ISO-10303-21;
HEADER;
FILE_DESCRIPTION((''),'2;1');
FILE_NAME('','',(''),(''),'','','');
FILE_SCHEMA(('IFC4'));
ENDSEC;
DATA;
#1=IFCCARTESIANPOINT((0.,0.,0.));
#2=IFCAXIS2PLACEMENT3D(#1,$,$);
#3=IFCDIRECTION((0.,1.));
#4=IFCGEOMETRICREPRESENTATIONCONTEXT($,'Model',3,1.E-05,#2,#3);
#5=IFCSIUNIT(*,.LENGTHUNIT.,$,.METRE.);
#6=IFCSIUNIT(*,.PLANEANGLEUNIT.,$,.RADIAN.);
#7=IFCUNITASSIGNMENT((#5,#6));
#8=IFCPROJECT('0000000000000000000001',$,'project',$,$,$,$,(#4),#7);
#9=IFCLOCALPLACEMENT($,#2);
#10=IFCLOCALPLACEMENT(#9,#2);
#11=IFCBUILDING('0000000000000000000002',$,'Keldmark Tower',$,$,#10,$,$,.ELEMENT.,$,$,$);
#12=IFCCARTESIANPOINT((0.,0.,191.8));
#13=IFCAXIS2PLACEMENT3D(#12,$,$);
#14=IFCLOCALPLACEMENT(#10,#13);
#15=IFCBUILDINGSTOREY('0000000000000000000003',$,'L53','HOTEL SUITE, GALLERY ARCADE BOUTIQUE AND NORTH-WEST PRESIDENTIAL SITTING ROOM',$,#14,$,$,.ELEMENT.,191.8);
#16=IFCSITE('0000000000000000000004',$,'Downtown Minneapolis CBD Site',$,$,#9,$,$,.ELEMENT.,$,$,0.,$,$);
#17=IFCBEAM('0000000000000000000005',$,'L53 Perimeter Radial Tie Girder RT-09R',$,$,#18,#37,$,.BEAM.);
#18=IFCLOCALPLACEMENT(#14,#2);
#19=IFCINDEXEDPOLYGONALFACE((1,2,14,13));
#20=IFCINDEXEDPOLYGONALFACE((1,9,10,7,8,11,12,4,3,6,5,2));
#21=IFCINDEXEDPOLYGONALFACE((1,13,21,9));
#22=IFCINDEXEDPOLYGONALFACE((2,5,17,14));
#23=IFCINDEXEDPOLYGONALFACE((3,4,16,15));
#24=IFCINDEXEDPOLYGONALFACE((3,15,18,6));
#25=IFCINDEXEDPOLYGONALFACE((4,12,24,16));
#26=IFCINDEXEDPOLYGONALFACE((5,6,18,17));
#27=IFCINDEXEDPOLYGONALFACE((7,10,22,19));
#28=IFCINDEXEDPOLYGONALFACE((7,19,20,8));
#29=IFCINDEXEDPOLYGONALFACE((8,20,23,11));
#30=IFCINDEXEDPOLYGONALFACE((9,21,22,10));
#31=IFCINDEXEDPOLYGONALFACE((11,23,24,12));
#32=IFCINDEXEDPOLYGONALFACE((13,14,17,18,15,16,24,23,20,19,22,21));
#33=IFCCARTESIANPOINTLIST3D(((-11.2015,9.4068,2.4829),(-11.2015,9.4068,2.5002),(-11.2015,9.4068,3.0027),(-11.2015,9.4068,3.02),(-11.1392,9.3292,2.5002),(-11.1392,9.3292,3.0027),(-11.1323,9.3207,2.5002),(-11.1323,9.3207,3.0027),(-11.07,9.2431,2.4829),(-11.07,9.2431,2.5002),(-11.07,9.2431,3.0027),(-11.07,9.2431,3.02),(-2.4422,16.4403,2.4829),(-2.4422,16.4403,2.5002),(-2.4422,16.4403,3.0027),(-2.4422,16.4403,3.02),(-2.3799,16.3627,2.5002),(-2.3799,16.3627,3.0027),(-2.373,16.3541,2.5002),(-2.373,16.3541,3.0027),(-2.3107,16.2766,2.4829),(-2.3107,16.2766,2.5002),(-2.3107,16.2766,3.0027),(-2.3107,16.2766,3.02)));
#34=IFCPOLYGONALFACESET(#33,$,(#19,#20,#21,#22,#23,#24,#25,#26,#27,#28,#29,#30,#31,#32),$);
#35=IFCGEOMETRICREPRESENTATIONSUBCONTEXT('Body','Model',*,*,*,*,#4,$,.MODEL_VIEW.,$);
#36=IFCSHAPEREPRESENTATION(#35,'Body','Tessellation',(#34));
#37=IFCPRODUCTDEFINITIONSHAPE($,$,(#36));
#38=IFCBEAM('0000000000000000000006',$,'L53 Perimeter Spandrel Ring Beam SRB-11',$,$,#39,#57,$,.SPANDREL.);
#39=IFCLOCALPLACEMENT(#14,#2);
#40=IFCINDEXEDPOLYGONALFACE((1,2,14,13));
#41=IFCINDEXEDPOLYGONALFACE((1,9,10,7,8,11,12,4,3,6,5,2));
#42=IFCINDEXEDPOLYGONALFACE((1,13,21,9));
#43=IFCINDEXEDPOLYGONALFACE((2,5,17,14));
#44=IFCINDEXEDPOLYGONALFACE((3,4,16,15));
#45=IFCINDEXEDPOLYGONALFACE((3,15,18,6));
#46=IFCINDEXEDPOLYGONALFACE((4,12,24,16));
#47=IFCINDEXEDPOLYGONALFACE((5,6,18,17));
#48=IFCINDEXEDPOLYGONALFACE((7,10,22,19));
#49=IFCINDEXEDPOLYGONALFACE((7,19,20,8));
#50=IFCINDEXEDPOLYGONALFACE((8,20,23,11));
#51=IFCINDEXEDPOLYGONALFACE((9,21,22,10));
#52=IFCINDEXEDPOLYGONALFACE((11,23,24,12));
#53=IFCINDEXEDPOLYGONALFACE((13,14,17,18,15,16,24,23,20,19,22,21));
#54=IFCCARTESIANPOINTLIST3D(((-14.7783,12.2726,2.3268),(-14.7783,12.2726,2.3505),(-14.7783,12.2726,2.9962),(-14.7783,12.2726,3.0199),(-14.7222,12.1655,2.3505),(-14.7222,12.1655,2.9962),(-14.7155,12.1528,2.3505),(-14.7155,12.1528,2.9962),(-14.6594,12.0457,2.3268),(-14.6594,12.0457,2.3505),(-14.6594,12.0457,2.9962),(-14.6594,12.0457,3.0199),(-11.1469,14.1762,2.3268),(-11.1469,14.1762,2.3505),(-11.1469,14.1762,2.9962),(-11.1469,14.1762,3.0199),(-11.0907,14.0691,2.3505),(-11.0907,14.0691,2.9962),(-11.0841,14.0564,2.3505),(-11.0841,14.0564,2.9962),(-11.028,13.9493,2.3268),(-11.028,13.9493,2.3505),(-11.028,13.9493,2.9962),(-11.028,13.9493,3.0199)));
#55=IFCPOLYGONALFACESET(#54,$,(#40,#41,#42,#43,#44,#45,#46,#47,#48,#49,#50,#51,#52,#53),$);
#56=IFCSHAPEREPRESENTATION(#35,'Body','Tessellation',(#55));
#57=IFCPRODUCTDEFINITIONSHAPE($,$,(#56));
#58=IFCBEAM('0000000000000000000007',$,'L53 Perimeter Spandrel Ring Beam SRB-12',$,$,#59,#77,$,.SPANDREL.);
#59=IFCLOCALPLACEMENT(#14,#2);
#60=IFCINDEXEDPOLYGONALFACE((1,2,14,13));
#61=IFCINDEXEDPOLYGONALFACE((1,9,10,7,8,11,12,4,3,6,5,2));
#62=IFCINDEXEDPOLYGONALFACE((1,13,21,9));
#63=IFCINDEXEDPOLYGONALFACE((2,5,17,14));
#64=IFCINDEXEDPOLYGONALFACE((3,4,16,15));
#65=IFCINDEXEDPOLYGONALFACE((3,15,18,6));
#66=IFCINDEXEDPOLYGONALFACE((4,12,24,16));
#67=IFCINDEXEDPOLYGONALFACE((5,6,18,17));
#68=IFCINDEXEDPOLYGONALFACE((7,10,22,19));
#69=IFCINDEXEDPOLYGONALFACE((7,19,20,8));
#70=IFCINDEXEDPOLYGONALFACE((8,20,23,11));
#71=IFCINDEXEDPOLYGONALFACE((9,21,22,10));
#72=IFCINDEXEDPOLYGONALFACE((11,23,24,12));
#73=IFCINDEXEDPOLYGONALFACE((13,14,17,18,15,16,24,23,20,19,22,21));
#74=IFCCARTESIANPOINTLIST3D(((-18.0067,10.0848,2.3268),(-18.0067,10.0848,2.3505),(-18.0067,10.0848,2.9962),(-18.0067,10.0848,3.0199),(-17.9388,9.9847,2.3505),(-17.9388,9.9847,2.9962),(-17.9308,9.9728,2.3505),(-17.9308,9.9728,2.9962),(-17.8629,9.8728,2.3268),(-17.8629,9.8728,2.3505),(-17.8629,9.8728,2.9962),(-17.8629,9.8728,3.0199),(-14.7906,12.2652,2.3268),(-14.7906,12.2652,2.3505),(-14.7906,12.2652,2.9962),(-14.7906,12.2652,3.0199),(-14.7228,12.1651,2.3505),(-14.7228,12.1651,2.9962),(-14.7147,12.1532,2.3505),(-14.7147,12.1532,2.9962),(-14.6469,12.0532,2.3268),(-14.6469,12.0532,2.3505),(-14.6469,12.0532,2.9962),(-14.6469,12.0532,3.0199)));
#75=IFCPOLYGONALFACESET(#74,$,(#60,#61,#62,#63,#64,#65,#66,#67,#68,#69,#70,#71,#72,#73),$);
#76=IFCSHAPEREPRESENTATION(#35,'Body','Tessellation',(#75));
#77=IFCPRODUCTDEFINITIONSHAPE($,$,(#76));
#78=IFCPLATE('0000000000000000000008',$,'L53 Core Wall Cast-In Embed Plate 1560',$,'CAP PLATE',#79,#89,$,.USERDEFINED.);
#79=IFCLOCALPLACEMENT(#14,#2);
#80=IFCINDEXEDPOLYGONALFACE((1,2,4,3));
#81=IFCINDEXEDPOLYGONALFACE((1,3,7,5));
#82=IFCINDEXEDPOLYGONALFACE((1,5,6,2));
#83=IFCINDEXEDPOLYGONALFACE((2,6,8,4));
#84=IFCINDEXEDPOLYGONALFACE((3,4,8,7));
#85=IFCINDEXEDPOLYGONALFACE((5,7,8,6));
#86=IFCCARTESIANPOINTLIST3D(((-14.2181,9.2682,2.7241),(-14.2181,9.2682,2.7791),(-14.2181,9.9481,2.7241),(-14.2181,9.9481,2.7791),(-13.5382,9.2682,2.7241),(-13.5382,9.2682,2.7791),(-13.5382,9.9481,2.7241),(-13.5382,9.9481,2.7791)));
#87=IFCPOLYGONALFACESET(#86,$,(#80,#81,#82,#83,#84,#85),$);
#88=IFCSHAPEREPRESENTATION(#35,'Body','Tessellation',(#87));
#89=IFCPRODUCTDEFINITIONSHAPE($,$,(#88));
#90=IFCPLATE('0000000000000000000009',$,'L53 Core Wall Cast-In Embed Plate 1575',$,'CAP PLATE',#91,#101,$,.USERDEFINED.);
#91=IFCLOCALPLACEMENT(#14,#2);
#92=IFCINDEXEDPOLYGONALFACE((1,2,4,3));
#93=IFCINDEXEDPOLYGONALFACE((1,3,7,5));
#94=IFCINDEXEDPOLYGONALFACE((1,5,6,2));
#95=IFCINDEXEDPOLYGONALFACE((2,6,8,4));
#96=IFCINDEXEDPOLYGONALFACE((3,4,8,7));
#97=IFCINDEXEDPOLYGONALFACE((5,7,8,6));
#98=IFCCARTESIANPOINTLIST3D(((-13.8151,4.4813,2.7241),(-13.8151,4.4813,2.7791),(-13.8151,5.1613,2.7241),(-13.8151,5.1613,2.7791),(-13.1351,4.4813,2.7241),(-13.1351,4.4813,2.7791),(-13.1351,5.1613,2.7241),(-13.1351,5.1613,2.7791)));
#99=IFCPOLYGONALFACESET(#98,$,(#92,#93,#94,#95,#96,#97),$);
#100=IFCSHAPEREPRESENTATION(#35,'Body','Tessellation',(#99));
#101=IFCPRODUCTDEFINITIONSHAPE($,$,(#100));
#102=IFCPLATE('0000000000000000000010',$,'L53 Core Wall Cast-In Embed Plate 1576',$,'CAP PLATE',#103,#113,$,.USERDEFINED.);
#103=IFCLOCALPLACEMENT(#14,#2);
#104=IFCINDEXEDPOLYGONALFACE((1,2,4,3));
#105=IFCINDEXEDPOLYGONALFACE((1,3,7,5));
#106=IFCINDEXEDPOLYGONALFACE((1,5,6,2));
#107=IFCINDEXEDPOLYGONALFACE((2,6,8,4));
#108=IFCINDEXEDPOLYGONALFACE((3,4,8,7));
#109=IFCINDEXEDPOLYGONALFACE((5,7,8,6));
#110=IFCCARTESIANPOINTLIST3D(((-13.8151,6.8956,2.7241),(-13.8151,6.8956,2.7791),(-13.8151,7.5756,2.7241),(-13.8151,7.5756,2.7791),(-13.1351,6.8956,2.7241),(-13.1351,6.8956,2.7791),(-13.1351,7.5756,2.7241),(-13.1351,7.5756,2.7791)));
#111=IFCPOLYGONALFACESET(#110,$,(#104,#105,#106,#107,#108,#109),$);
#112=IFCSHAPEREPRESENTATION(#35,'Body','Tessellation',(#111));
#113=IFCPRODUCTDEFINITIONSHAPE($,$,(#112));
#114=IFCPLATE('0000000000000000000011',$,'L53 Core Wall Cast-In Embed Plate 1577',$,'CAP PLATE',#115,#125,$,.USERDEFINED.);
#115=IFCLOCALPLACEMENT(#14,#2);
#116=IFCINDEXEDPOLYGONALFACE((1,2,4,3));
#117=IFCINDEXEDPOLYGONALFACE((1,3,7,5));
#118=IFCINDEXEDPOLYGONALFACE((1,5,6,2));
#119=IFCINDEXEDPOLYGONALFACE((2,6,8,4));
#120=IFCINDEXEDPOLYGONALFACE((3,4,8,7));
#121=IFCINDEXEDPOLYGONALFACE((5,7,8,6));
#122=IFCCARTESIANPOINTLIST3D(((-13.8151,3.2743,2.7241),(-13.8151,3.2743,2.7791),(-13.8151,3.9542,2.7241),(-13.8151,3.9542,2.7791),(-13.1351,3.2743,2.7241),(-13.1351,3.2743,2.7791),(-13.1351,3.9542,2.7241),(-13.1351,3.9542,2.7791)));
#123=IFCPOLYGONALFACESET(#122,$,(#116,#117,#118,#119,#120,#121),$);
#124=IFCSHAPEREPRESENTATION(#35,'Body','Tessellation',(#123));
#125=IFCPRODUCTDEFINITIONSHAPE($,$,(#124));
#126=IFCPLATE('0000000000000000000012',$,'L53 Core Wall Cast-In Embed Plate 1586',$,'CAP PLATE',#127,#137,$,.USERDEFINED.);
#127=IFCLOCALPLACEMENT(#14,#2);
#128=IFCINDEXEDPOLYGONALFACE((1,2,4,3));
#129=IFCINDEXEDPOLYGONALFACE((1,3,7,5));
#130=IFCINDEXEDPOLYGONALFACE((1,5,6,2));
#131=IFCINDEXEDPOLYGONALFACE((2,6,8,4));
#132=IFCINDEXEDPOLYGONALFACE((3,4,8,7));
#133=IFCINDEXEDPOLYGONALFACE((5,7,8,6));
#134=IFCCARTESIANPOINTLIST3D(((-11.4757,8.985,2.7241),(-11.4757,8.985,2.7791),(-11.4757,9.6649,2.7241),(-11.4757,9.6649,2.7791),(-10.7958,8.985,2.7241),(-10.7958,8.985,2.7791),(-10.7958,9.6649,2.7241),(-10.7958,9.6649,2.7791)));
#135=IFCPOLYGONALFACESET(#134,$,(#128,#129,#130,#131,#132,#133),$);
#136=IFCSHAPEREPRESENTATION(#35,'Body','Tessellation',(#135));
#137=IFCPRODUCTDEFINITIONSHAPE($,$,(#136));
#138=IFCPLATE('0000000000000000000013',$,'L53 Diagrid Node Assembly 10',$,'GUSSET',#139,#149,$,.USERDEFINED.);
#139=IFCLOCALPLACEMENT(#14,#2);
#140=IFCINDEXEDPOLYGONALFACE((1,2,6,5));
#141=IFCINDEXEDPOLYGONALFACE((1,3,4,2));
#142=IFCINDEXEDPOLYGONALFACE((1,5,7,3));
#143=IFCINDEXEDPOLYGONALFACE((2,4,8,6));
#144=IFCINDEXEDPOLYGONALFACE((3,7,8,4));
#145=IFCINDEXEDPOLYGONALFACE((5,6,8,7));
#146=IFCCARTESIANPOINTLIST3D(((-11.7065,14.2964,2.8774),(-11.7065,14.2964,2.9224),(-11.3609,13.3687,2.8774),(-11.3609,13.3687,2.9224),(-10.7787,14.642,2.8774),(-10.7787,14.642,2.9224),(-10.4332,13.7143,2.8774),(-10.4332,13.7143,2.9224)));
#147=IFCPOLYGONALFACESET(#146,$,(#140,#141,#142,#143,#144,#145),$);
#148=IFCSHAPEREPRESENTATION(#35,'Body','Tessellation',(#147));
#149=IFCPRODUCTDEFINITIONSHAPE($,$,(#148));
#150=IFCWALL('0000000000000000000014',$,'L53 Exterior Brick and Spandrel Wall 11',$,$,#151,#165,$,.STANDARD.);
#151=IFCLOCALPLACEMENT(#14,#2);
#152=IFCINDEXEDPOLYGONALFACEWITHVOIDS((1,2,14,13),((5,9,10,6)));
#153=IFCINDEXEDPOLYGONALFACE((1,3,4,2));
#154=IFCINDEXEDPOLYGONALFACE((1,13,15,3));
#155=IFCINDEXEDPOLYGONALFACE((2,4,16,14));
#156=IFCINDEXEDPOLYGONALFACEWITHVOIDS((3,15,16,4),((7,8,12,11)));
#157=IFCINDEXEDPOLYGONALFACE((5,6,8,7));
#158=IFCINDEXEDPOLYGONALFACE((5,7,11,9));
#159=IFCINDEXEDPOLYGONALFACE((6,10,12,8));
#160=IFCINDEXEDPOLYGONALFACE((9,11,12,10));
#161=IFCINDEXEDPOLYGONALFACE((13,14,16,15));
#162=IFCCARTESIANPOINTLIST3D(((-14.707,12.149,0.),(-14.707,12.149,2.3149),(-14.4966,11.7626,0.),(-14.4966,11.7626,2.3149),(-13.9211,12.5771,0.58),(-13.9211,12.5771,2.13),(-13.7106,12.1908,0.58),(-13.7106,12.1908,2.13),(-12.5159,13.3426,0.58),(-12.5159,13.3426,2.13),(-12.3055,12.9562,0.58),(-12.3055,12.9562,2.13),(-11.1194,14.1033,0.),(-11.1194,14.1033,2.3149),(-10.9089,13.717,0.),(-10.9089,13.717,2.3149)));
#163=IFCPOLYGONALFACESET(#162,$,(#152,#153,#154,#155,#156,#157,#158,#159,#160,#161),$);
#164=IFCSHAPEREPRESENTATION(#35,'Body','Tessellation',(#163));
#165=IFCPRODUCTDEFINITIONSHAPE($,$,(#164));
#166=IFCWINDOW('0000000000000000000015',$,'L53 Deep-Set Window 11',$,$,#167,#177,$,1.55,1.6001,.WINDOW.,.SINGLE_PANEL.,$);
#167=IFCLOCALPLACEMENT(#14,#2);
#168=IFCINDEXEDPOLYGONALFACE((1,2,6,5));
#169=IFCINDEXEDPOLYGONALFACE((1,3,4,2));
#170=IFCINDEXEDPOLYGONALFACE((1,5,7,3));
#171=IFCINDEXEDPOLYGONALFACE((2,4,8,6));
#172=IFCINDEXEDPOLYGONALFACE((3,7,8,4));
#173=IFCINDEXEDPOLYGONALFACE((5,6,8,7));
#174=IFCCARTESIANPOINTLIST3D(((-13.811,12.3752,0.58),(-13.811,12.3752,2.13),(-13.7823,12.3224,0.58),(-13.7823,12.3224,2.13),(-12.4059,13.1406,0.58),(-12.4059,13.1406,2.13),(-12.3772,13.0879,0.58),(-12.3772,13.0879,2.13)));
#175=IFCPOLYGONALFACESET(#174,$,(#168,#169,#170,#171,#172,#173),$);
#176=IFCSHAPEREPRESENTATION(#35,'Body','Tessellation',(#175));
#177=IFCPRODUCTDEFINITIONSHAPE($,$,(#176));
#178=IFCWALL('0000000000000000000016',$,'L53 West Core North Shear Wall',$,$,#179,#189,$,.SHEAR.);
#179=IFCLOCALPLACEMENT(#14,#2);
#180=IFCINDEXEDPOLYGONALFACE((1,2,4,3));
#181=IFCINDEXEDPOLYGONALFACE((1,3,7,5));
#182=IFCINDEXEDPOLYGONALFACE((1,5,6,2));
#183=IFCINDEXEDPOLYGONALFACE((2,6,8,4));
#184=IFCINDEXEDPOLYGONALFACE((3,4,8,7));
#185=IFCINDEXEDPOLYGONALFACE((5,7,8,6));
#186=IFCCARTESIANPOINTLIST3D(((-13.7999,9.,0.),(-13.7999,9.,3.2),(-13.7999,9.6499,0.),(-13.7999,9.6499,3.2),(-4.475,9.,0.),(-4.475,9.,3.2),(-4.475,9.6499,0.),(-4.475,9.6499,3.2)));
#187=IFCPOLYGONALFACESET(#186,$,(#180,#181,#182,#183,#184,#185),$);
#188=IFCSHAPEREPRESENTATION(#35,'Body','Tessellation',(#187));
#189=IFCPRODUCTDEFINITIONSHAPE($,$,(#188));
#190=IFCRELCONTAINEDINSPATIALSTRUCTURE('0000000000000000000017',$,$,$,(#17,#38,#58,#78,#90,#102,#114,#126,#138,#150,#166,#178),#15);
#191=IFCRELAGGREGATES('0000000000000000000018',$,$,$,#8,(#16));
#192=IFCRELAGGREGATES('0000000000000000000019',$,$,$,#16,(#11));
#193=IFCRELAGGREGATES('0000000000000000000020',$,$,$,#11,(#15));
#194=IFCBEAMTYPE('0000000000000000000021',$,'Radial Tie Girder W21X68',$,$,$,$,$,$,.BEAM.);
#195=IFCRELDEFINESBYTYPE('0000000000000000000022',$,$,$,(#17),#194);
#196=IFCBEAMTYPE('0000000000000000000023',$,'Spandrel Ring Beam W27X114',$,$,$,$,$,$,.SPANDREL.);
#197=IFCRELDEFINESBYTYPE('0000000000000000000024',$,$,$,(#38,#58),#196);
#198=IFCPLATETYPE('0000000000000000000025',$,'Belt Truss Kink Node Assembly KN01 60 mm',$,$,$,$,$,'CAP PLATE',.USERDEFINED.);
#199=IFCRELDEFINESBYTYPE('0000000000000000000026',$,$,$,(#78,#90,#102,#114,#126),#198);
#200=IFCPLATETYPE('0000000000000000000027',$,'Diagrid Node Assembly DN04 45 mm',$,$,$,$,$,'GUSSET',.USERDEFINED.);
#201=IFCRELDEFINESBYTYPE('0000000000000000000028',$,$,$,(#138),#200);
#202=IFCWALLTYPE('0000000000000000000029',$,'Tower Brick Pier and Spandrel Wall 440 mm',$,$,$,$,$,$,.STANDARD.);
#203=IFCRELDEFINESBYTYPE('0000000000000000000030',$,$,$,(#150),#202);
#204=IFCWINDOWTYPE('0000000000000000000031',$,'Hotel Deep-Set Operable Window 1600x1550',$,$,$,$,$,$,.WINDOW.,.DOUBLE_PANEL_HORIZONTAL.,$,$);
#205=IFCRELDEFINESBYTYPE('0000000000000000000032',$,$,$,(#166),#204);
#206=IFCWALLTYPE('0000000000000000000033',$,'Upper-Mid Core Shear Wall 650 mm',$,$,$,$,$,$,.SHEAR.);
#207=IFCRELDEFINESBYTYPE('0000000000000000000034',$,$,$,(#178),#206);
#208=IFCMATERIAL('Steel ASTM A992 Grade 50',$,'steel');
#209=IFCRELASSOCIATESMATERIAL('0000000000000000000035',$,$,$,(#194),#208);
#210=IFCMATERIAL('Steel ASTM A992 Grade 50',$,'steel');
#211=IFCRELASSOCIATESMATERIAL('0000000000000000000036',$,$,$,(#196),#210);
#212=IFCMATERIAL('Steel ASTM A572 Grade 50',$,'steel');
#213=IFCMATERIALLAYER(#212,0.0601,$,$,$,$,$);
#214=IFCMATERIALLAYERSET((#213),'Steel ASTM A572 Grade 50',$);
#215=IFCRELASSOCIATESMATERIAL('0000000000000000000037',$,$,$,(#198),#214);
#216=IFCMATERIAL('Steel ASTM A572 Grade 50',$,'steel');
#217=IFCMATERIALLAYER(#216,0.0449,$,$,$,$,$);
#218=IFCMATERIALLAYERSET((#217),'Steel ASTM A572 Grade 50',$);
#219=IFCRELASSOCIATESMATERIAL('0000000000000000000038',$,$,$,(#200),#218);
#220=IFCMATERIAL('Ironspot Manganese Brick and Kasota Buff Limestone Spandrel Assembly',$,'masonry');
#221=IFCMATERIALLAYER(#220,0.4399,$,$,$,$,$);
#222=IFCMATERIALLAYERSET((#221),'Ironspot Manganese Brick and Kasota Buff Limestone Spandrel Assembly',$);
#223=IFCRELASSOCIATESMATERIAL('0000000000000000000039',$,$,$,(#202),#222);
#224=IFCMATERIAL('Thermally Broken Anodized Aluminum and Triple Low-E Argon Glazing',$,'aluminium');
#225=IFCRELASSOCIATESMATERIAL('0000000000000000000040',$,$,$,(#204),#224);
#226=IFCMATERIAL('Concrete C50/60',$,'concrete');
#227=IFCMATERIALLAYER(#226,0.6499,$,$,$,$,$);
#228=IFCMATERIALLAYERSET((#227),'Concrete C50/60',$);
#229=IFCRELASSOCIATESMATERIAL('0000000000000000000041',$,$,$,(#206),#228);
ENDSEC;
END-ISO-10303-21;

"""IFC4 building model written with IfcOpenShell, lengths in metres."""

from ifc_helpers import new_model, si_unit, direction, frame, frame_2d, origin, origin_2d, place, context, subcontext, project, spatial, rectangle, i_section, extrude, material, layer, layer_set, material_profile, profile_set, type_object, element, fill, save


model = new_model("IFC4")

# Units and contexts
model_context = context("Model", 3, precision=1e-05, world=origin(), true_north=direction((0.0, 1.0)))
body_context = subcontext(model_context, "Body", "Model", "MODEL_VIEW")
ifc_project = project(units=[si_unit("LENGTHUNIT", "METRE"), si_unit("PLANEANGLEUNIT", "RADIAN")], contexts=[model_context])

# Site, building, storey
site_placement = place(None, origin())
site = spatial("IfcSite", under=ifc_project, at=site_placement, Name="Downtown Minneapolis CBD Site", CompositionType="ELEMENT", RefElevation=0.0)
building_placement = place(site_placement, origin())
building = spatial("IfcBuilding", under=site, at=building_placement, Name="Keldmark Tower", CompositionType="ELEMENT")
storey_placement = place(building_placement, frame((0.0, 0.0, 191.8)))
storey = spatial("IfcBuildingStorey", under=building, at=storey_placement, Name="L53", Description="HOTEL SUITE, GALLERY ARCADE BOUTIQUE AND NORTH-WEST PRESIDENTIAL SITTING ROOM", CompositionType="ELEMENT", Elevation=191.8)

# Beams
ifc_material_1 = material(Name="Steel ASTM A992 Grade 50", Category="steel")
ifc_material_profile_1 = material_profile(ifc_material_1, i_section(OverallWidth=0.21, OverallDepth=0.5371, WebThickness=0.011, FlangeThickness=0.0173, at=origin_2d()), Name="W21X68")
ifc_profile_set_1 = profile_set([ifc_material_profile_1], Name="Steel ASTM A992 Grade 50")
beam_type_1 = type_object("IfcBeamType", Name="Radial Tie Girder W21X68", PredefinedType="BEAM", material=ifc_profile_set_1)
beam_1_placement = place(storey_placement, frame((-11.1357, 9.325, 2.7515), z_axis=(0.779737, 0.626107, 0.0), x_axis=(-0.626107, 0.779737, 0.0)))
element("IfcBeam", 1, at=beam_1_placement, inside=storey, type_object=beam_type_1, Name="L53 Perimeter Radial Tie Girder RT-09R", PredefinedType="BEAM", context=body_context, shape_type="SweptSolid", body=[
    extrude(i_section(OverallWidth=0.21, OverallDepth=0.5371, WebThickness=0.011, FlangeThickness=0.0173, at=origin_2d()), origin(), (0.0, 0.0, 1.0), 11.2336),
])
ifc_material_2 = material(Name="Steel ASTM A992 Grade 50", Category="steel")
ifc_material_profile_2 = material_profile(ifc_material_2, i_section(OverallWidth=0.2561, OverallDepth=0.6931, WebThickness=0.0144, FlangeThickness=0.0237, at=origin_2d()), Name="W27X114")
ifc_profile_set_2 = profile_set([ifc_material_profile_2], Name="Steel ASTM A992 Grade 50")
beam_type_2 = type_object("IfcBeamType", Name="Spandrel Ring Beam W27X114", PredefinedType="SPANDREL", material=ifc_profile_set_2)
beam_2_placement = place(storey_placement, frame((-11.0874, 14.0627, 2.6733), z_axis=(-0.885688, -0.464281, 0.0), x_axis=(0.464281, -0.885688, 0.0)))
element("IfcBeam", 2, at=beam_2_placement, inside=storey, type_object=beam_type_2, Name="L53 Perimeter Spandrel Ring Beam SRB-11", PredefinedType="SPANDREL", context=body_context, shape_type="SweptSolid", body=[
    extrude(i_section(OverallWidth=0.2561, OverallDepth=0.6931, WebThickness=0.0144, FlangeThickness=0.0237, at=origin_2d()), origin(), (0.0, 0.0, 1.0), 4.1001),
])
beam_3_placement = place(storey_placement, frame((-14.7188, 12.1592, 2.6733), z_axis=(-0.827704, -0.561165, 0.0), x_axis=(0.561165, -0.827704, 0.0)))
element("IfcBeam", 3, at=beam_3_placement, inside=storey, type_object=beam_type_2, Name="L53 Perimeter Spandrel Ring Beam SRB-12", PredefinedType="SPANDREL", context=body_context, shape_type="SweptSolid", body=[
    extrude(i_section(OverallWidth=0.2561, OverallDepth=0.6931, WebThickness=0.0144, FlangeThickness=0.0237, at=origin_2d()), origin(), (0.0, 0.0, 1.0), 3.8855),
])

# Plates
ifc_material_3 = material(Name="Steel ASTM A572 Grade 50", Category="steel")
ifc_layer_1 = layer(ifc_material_3, 0.0601)
ifc_layer_set_1 = layer_set([ifc_layer_1], Name="Steel ASTM A572 Grade 50")
plate_type_1 = type_object("IfcPlateType", Name="Belt Truss Kink Node Assembly KN01 60 mm", ElementType="CAP PLATE", PredefinedType="USERDEFINED", material=ifc_layer_set_1)
for number, where, z_axis, x_axis, name in (
    (4, (-13.8782, 9.6082, 2.7241), (0.0, 0.0, 1.0), (1.0, 0.0, 0.0), "L53 Core Wall Cast-In Embed Plate 1560"),
    (5, (-13.4751, 4.8213, 2.7241), (0.0, 0.0, 1.0), (1.0, 0.0, 0.0), "L53 Core Wall Cast-In Embed Plate 1575"),
    (6, (-13.4751, 7.2356, 2.7241), (0.0, 0.0, 1.0), (1.0, 0.0, 0.0), "L53 Core Wall Cast-In Embed Plate 1576"),
    (7, (-13.4751, 3.6143, 2.7241), (0.0, 0.0, 1.0), (1.0, 0.0, 0.0), "L53 Core Wall Cast-In Embed Plate 1577"),
    (8, (-11.1357, 9.325, 2.7241), (0.0, 0.0, 1.0), (1.0, 0.0, 0.0), "L53 Core Wall Cast-In Embed Plate 1586"),
):
    element("IfcPlate", number, at=place(storey_placement, frame(where, z_axis=z_axis, x_axis=x_axis)), inside=storey, type_object=plate_type_1, Name=name, ObjectType="CAP PLATE", PredefinedType="USERDEFINED", context=body_context, shape_type="SweptSolid", body=[
        extrude(rectangle(XDim=0.6799, YDim=0.6799, at=origin_2d()), origin(), (0.0, 0.0, 1.0), 0.0549),
    ])
ifc_material_4 = material(Name="Steel ASTM A572 Grade 50", Category="steel")
ifc_layer_2 = layer(ifc_material_4, 0.0449)
ifc_layer_set_2 = layer_set([ifc_layer_2], Name="Steel ASTM A572 Grade 50")
plate_type_2 = type_object("IfcPlateType", Name="Diagrid Node Assembly DN04 45 mm", ElementType="GUSSET", PredefinedType="USERDEFINED", material=ifc_layer_set_2)
plate_placement = place(storey_placement, frame((-11.0698, 14.0054, 2.8774), z_axis=(0.0, 0.0, 1.0), x_axis=(-0.937099, -0.349063, 0.0)))
element("IfcPlate", 9, at=plate_placement, inside=storey, type_object=plate_type_2, Name="L53 Diagrid Node Assembly 10", ObjectType="GUSSET", PredefinedType="USERDEFINED", context=body_context, shape_type="SweptSolid", body=[
    extrude(rectangle(XDim=0.99, YDim=0.99, at=origin_2d()), origin(), (0.0, 0.0, 1.0), 0.0449),
])

# Wall, opening, window
ifc_material_5 = material(Name="Ironspot Manganese Brick and Kasota Buff Limestone Spandrel Assembly", Category="masonry")
ifc_layer_3 = layer(ifc_material_5, 0.4399)
ifc_layer_set_3 = layer_set([ifc_layer_3], Name="Ironspot Manganese Brick and Kasota Buff Limestone Spandrel Assembly")
wall_type_1 = type_object("IfcWallType", Name="Tower Brick Pier and Spandrel Wall 440 mm", PredefinedType="STANDARD", material=ifc_layer_set_3)
wall_1_placement = place(storey_placement, frame((-14.6018, 11.9558, 0.0), z_axis=(0.0, 0.0, 1.0), x_axis=(0.878158, 0.478371, 0.0)))
wall_1 = element("IfcWall", 10, at=wall_1_placement, inside=storey, type_object=wall_type_1, Name="L53 Exterior Brick and Spandrel Wall 11", PredefinedType="STANDARD", context=body_context, shape_type="SweptSolid", body=[
    extrude(rectangle(XDim=4.0854, YDim=0.4399, at=frame_2d((2.0427, 0.0))), origin(), (0.0, 0.0, 1.0), 2.3149),
])
opening_1_placement = place(wall_1_placement, frame((0.895, 0.0, 0.5801)))
opening_1 = element("IfcOpeningElement", 11, at=opening_1_placement, cuts=wall_1, PredefinedType="OPENING", context=body_context, shape_type="SweptSolid", body=[
    extrude(rectangle(XDim=1.6001, YDim=1.55, at=frame_2d((0.8, 0.7749))), frame((0.0, 0.23, 0.0), z_axis=(0.0, -1.0, 0.0), x_axis=(1.0, 0.0, 0.0)), (0.0, 0.0, 1.0), 0.46),
])
ifc_material_6 = material(Name="Thermally Broken Anodized Aluminum and Triple Low-E Argon Glazing", Category="aluminium")
window_type = type_object("IfcWindowType", Name="Hotel Deep-Set Operable Window 1600x1550", PartitioningType="DOUBLE_PANEL_HORIZONTAL", PredefinedType="WINDOW", material=ifc_material_6)
window_placement = place(opening_1_placement, origin())
window = element("IfcWindow", 12, at=window_placement, inside=storey, type_object=window_type, Name="L53 Deep-Set Window 11", OverallHeight=1.55, OverallWidth=1.6001, PartitioningType="SINGLE_PANEL", PredefinedType="WINDOW", context=body_context, shape_type="SweptSolid", body=[
    extrude(rectangle(XDim=1.6001, YDim=1.55, at=frame_2d((0.8, 0.7749))), frame((0.0, -0.01, 0.0), z_axis=(0.0, -1.0, 0.0), x_axis=(1.0, 0.0, 0.0)), (0.0, 0.0, 1.0), 0.0601),
])
fill(opening_1, window)

# Wall
ifc_material_7 = material(Name="Concrete C50/60", Category="concrete")
ifc_layer_4 = layer(ifc_material_7, 0.6499)
ifc_layer_set_4 = layer_set([ifc_layer_4], Name="Concrete C50/60")
wall_type_2 = type_object("IfcWallType", Name="Upper-Mid Core Shear Wall 650 mm", PredefinedType="SHEAR", material=ifc_layer_set_4)
wall_2_placement = place(storey_placement, frame((-13.8, 9.325, 0.0), z_axis=(0.0, 0.0, 1.0), x_axis=(1.0, 0.0, 0.0)))
element("IfcWall", 13, at=wall_2_placement, inside=storey, type_object=wall_type_2, Name="L53 West Core North Shear Wall", PredefinedType="SHEAR", context=body_context, shape_type="SweptSolid", body=[
    extrude(rectangle(XDim=9.325, YDim=0.6499, at=frame_2d((4.6626, 0.0))), origin(), (0.0, 0.0, 1.0), 3.2),
])

save(model, "model.ifc")
